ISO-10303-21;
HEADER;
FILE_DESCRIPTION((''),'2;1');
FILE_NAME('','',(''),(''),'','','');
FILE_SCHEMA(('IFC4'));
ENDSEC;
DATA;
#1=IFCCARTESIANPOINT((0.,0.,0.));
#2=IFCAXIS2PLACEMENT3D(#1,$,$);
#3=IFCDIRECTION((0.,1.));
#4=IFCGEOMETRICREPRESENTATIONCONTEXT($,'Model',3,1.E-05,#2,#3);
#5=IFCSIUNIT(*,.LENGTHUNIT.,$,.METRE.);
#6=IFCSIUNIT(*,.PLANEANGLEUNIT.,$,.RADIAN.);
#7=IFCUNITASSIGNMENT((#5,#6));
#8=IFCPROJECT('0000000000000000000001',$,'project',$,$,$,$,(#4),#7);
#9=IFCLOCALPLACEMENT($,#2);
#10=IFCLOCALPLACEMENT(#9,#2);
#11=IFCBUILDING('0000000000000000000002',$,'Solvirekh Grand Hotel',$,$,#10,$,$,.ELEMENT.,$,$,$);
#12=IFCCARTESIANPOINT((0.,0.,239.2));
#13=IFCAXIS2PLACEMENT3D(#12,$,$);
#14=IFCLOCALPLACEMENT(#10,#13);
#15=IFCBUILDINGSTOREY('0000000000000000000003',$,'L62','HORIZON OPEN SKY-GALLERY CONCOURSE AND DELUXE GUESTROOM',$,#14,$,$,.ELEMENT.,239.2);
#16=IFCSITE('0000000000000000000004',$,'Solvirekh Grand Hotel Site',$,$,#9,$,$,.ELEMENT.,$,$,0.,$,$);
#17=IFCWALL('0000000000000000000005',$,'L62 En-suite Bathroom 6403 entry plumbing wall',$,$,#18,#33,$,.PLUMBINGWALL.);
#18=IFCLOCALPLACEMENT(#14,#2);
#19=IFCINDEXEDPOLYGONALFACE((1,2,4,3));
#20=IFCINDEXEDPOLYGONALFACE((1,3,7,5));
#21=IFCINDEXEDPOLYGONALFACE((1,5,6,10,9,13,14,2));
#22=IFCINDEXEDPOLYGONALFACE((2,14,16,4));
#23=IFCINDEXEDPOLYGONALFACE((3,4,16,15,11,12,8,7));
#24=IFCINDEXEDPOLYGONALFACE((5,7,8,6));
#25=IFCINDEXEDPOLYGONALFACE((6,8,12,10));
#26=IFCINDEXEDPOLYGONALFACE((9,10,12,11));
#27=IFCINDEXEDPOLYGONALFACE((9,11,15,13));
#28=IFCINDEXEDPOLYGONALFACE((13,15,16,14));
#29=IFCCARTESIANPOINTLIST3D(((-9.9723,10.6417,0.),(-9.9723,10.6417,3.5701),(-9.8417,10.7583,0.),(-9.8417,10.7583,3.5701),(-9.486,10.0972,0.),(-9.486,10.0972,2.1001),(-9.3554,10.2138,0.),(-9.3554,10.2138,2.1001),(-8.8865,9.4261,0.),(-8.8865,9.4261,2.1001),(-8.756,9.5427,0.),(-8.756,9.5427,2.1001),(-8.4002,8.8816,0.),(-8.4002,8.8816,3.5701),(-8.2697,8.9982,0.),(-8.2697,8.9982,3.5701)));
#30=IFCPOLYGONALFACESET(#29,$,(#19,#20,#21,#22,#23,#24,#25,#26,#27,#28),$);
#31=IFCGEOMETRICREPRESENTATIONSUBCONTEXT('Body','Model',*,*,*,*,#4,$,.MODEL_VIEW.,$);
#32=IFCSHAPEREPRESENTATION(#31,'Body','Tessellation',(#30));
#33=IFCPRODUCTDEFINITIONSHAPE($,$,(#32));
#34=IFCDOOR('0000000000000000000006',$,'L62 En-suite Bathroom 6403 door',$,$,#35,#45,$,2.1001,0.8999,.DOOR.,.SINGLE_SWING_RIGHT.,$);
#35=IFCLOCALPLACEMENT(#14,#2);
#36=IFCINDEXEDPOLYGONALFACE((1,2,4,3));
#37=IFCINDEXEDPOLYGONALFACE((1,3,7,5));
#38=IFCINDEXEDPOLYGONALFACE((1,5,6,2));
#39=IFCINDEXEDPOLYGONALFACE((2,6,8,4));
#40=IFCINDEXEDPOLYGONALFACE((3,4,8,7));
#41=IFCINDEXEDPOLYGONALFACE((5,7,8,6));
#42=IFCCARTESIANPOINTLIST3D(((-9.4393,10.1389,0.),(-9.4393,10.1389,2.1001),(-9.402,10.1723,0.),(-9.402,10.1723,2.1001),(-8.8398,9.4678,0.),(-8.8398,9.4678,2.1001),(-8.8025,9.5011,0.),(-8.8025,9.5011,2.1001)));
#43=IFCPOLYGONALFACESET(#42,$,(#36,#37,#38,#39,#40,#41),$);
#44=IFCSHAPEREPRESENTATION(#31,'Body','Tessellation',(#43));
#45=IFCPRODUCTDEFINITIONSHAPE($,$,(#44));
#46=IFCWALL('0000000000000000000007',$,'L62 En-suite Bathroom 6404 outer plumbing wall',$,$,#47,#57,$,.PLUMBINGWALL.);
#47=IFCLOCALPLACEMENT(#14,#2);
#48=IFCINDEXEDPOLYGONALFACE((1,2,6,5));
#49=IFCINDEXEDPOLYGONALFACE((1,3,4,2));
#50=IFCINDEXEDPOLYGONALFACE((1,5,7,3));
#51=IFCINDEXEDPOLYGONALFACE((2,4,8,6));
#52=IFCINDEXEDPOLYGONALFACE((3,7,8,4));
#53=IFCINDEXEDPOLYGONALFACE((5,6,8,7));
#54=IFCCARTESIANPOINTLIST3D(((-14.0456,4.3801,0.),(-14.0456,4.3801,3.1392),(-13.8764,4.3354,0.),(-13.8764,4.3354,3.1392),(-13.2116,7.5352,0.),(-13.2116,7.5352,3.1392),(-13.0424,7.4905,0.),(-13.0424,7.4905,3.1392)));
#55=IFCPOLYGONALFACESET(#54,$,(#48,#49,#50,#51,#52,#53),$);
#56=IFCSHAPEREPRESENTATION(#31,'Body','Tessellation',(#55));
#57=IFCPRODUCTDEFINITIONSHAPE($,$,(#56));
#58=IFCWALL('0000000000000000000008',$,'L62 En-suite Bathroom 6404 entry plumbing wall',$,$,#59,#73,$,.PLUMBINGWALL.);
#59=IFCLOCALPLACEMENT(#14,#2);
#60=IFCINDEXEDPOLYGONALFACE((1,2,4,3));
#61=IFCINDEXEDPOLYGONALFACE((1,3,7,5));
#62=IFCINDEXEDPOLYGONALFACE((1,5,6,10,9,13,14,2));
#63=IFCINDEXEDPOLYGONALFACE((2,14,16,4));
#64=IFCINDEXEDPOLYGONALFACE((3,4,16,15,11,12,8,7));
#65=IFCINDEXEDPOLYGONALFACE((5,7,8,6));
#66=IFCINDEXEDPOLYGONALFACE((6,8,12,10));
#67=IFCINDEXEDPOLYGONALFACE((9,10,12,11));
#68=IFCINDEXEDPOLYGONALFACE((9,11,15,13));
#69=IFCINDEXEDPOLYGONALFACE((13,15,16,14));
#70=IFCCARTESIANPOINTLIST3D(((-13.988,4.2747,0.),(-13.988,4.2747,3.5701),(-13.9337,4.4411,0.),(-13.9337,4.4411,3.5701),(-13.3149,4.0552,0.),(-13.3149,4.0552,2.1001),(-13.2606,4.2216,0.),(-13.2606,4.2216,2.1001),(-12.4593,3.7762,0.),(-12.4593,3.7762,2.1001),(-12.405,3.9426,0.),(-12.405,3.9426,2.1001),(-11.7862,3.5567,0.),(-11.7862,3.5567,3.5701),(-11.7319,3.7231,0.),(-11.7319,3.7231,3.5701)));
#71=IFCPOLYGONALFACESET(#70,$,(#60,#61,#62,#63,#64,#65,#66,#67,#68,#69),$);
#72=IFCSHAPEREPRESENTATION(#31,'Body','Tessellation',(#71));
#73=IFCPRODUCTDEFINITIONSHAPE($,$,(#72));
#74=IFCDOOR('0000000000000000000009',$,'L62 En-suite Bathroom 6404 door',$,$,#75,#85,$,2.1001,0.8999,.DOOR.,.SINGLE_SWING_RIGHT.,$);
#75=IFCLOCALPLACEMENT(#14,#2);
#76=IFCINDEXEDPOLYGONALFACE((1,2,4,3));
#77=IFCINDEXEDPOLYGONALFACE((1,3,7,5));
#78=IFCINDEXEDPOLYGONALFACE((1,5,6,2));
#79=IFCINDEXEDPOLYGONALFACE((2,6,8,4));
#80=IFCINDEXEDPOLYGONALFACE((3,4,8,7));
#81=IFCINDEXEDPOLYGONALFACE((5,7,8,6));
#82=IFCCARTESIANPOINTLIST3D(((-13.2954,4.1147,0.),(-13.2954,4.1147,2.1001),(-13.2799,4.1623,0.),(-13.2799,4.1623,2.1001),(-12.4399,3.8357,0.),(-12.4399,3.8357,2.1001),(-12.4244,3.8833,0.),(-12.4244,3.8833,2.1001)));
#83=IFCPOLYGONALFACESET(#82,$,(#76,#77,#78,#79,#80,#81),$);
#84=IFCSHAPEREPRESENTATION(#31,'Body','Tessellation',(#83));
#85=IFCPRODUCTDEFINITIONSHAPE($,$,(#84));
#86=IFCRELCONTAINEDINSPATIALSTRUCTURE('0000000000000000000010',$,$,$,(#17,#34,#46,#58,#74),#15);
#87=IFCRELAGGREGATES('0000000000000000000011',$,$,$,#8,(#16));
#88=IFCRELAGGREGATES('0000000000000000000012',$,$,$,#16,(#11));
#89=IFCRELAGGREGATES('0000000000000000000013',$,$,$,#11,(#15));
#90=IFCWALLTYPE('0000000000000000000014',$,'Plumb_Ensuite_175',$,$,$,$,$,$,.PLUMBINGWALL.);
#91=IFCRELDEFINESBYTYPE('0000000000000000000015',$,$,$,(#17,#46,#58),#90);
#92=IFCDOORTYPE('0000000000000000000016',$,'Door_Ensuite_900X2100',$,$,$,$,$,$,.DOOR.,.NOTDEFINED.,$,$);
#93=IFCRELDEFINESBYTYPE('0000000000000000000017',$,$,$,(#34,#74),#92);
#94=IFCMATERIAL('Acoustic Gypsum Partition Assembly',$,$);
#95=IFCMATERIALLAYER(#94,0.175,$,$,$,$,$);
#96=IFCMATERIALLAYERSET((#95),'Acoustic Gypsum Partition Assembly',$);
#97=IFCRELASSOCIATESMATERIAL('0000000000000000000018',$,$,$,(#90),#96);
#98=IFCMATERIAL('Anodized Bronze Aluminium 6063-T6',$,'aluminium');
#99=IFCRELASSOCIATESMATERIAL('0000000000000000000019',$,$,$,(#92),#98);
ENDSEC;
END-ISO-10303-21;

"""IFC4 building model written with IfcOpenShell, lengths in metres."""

from ifc_helpers import new_model, si_unit, direction, frame, frame_2d, origin, place, context, subcontext, project, spatial, rectangle, extrude, material, layer, layer_set, type_object, element, fill, save


model = new_model("IFC4")

# Units and contexts
model_context = context("Model", 3, precision=1e-05, world=origin(), true_north=direction((0.0, 1.0)))
body_context = subcontext(model_context, "Body", "Model", "MODEL_VIEW")
ifc_project = project(units=[si_unit("LENGTHUNIT", "METRE"), si_unit("PLANEANGLEUNIT", "RADIAN")], contexts=[model_context])

# Site, building, storey
site_placement = place(None, origin())
site = spatial("IfcSite", under=ifc_project, at=site_placement, Name="Solvirekh Grand Hotel Site", CompositionType="ELEMENT", RefElevation=0.0)
building_placement = place(site_placement, origin())
building = spatial("IfcBuilding", under=site, at=building_placement, Name="Solvirekh Grand Hotel", CompositionType="ELEMENT")
storey_placement = place(building_placement, frame((0.0, 0.0, 239.2)))
storey = spatial("IfcBuildingStorey", under=building, at=storey_placement, Name="L62", Description="HORIZON OPEN SKY-GALLERY CONCOURSE AND DELUXE GUESTROOM", CompositionType="ELEMENT", Elevation=239.2)

# Shared definitions
ifc_material_1 = material(Name="Anodized Bronze Aluminium 6063-T6", Category="aluminium")

# Shared definitions
ifc_material_2 = material(Name="Acoustic Gypsum Partition Assembly")

# Wall, opening, door
ifc_layer_1 = layer(ifc_material_2, 0.175)
ifc_layer_set_1 = layer_set([ifc_layer_1], Name="Acoustic Gypsum Partition Assembly")
wall_type_1 = type_object("IfcWallType", Name="Plumb_Ensuite_175", PredefinedType="PLUMBINGWALL", material=ifc_layer_set_1)
wall_1_placement = place(storey_placement, frame((-8.335, 8.9399, 0.0), z_axis=(0.0, 0.0, 1.0), x_axis=(-0.666154, 0.745815, 0.0)))
wall_1 = element("IfcWall", 1, at=wall_1_placement, inside=storey, type_object=wall_type_1, Name="L62 En-suite Bathroom 6403 entry plumbing wall", PredefinedType="PLUMBINGWALL", context=body_context, shape_type="SweptSolid", body=[
    extrude(rectangle(XDim=2.3599, YDim=0.175, at=frame_2d((1.1799, 0.0))), origin(), (0.0, 0.0, 1.0), 3.5701),
])
opening_1_placement = place(wall_1_placement, frame((0.73, 0.0, 0.0)))
opening_1 = element("IfcOpeningElement", 2, at=opening_1_placement, cuts=wall_1, PredefinedType="OPENING", context=body_context, shape_type="SweptSolid", body=[
    extrude(rectangle(XDim=0.8999, YDim=2.1001, at=frame_2d((0.45, 1.05))), frame((0.0, 0.0977, 0.0), z_axis=(0.0, -1.0, 0.0), x_axis=(1.0, 0.0, 0.0)), (0.0, 0.0, 1.0), 0.1951),
])
door_type_1 = type_object("IfcDoorType", Name="Door_Ensuite_900X2100", OperationType="NOTDEFINED", PredefinedType="DOOR", material=ifc_material_1)
door_1_placement = place(opening_1_placement, origin())
door_1 = element("IfcDoor", 3, at=door_1_placement, inside=storey, type_object=door_type_1, Name="L62 En-suite Bathroom 6403 door", OperationType="SINGLE_SWING_RIGHT", OverallHeight=2.1001, OverallWidth=0.8999, PredefinedType="DOOR", context=body_context, shape_type="SweptSolid", body=[
    extrude(rectangle(XDim=0.8999, YDim=2.1001, at=frame_2d((0.45, 1.05))), frame((0.0, 0.0249, 0.0), z_axis=(0.0, -1.0, 0.0), x_axis=(1.0, 0.0, 0.0)), (0.0, 0.0, 1.0), 0.05),
])
fill(opening_1, door_1)

# Wall
wall_2_placement = place(storey_placement, frame((-13.127, 7.5129, 0.0), z_axis=(0.0, 0.0, 1.0), x_axis=(-0.255557, -0.966794, 0.0)))
element("IfcWall", 4, at=wall_2_placement, inside=storey, type_object=wall_type_1, Name="L62 En-suite Bathroom 6404 outer plumbing wall", PredefinedType="PLUMBINGWALL", context=body_context, shape_type="SweptSolid", body=[
    extrude(rectangle(XDim=3.2634, YDim=0.175, at=frame_2d((1.6318, 0.0))), origin(), (0.0, 0.0, 1.0), 3.1392),
])

# Wall, opening, door
wall_3_placement = place(storey_placement, frame((-11.759, 3.6399, 0.0), z_axis=(0.0, 0.0, 1.0), x_axis=(-0.950729, 0.310023, 0.0)))
wall_3 = element("IfcWall", 5, at=wall_3_placement, inside=storey, type_object=wall_type_1, Name="L62 En-suite Bathroom 6404 entry plumbing wall", PredefinedType="PLUMBINGWALL", context=body_context, shape_type="SweptSolid", body=[
    extrude(rectangle(XDim=2.3159, YDim=0.175, at=frame_2d((1.158, 0.0))), origin(), (0.0, 0.0, 1.0), 3.5701),
])
opening_2_placement = place(wall_3_placement, frame((0.708, 0.0, 0.0)))
opening_2 = element("IfcOpeningElement", 6, at=opening_2_placement, cuts=wall_3, PredefinedType="OPENING", context=body_context, shape_type="SweptSolid", body=[
    extrude(rectangle(XDim=0.8999, YDim=2.1001, at=frame_2d((0.45, 1.05))), frame((0.0, 0.0977, 0.0), z_axis=(0.0, -1.0, 0.0), x_axis=(1.0, 0.0, 0.0)), (0.0, 0.0, 1.0), 0.1951),
])
door_2_placement = place(opening_2_placement, origin())
door_2 = element("IfcDoor", 7, at=door_2_placement, inside=storey, type_object=door_type_1, Name="L62 En-suite Bathroom 6404 door", OperationType="SINGLE_SWING_RIGHT", OverallHeight=2.1001, OverallWidth=0.8999, PredefinedType="DOOR", context=body_context, shape_type="SweptSolid", body=[
    extrude(rectangle(XDim=0.8999, YDim=2.1001, at=frame_2d((0.45, 1.05))), frame((0.0, 0.0249, 0.0), z_axis=(0.0, -1.0, 0.0), x_axis=(1.0, 0.0, 0.0)), (0.0, 0.0, 1.0), 0.05),
])
fill(opening_2, door_2)

save(model, "model.ifc")
